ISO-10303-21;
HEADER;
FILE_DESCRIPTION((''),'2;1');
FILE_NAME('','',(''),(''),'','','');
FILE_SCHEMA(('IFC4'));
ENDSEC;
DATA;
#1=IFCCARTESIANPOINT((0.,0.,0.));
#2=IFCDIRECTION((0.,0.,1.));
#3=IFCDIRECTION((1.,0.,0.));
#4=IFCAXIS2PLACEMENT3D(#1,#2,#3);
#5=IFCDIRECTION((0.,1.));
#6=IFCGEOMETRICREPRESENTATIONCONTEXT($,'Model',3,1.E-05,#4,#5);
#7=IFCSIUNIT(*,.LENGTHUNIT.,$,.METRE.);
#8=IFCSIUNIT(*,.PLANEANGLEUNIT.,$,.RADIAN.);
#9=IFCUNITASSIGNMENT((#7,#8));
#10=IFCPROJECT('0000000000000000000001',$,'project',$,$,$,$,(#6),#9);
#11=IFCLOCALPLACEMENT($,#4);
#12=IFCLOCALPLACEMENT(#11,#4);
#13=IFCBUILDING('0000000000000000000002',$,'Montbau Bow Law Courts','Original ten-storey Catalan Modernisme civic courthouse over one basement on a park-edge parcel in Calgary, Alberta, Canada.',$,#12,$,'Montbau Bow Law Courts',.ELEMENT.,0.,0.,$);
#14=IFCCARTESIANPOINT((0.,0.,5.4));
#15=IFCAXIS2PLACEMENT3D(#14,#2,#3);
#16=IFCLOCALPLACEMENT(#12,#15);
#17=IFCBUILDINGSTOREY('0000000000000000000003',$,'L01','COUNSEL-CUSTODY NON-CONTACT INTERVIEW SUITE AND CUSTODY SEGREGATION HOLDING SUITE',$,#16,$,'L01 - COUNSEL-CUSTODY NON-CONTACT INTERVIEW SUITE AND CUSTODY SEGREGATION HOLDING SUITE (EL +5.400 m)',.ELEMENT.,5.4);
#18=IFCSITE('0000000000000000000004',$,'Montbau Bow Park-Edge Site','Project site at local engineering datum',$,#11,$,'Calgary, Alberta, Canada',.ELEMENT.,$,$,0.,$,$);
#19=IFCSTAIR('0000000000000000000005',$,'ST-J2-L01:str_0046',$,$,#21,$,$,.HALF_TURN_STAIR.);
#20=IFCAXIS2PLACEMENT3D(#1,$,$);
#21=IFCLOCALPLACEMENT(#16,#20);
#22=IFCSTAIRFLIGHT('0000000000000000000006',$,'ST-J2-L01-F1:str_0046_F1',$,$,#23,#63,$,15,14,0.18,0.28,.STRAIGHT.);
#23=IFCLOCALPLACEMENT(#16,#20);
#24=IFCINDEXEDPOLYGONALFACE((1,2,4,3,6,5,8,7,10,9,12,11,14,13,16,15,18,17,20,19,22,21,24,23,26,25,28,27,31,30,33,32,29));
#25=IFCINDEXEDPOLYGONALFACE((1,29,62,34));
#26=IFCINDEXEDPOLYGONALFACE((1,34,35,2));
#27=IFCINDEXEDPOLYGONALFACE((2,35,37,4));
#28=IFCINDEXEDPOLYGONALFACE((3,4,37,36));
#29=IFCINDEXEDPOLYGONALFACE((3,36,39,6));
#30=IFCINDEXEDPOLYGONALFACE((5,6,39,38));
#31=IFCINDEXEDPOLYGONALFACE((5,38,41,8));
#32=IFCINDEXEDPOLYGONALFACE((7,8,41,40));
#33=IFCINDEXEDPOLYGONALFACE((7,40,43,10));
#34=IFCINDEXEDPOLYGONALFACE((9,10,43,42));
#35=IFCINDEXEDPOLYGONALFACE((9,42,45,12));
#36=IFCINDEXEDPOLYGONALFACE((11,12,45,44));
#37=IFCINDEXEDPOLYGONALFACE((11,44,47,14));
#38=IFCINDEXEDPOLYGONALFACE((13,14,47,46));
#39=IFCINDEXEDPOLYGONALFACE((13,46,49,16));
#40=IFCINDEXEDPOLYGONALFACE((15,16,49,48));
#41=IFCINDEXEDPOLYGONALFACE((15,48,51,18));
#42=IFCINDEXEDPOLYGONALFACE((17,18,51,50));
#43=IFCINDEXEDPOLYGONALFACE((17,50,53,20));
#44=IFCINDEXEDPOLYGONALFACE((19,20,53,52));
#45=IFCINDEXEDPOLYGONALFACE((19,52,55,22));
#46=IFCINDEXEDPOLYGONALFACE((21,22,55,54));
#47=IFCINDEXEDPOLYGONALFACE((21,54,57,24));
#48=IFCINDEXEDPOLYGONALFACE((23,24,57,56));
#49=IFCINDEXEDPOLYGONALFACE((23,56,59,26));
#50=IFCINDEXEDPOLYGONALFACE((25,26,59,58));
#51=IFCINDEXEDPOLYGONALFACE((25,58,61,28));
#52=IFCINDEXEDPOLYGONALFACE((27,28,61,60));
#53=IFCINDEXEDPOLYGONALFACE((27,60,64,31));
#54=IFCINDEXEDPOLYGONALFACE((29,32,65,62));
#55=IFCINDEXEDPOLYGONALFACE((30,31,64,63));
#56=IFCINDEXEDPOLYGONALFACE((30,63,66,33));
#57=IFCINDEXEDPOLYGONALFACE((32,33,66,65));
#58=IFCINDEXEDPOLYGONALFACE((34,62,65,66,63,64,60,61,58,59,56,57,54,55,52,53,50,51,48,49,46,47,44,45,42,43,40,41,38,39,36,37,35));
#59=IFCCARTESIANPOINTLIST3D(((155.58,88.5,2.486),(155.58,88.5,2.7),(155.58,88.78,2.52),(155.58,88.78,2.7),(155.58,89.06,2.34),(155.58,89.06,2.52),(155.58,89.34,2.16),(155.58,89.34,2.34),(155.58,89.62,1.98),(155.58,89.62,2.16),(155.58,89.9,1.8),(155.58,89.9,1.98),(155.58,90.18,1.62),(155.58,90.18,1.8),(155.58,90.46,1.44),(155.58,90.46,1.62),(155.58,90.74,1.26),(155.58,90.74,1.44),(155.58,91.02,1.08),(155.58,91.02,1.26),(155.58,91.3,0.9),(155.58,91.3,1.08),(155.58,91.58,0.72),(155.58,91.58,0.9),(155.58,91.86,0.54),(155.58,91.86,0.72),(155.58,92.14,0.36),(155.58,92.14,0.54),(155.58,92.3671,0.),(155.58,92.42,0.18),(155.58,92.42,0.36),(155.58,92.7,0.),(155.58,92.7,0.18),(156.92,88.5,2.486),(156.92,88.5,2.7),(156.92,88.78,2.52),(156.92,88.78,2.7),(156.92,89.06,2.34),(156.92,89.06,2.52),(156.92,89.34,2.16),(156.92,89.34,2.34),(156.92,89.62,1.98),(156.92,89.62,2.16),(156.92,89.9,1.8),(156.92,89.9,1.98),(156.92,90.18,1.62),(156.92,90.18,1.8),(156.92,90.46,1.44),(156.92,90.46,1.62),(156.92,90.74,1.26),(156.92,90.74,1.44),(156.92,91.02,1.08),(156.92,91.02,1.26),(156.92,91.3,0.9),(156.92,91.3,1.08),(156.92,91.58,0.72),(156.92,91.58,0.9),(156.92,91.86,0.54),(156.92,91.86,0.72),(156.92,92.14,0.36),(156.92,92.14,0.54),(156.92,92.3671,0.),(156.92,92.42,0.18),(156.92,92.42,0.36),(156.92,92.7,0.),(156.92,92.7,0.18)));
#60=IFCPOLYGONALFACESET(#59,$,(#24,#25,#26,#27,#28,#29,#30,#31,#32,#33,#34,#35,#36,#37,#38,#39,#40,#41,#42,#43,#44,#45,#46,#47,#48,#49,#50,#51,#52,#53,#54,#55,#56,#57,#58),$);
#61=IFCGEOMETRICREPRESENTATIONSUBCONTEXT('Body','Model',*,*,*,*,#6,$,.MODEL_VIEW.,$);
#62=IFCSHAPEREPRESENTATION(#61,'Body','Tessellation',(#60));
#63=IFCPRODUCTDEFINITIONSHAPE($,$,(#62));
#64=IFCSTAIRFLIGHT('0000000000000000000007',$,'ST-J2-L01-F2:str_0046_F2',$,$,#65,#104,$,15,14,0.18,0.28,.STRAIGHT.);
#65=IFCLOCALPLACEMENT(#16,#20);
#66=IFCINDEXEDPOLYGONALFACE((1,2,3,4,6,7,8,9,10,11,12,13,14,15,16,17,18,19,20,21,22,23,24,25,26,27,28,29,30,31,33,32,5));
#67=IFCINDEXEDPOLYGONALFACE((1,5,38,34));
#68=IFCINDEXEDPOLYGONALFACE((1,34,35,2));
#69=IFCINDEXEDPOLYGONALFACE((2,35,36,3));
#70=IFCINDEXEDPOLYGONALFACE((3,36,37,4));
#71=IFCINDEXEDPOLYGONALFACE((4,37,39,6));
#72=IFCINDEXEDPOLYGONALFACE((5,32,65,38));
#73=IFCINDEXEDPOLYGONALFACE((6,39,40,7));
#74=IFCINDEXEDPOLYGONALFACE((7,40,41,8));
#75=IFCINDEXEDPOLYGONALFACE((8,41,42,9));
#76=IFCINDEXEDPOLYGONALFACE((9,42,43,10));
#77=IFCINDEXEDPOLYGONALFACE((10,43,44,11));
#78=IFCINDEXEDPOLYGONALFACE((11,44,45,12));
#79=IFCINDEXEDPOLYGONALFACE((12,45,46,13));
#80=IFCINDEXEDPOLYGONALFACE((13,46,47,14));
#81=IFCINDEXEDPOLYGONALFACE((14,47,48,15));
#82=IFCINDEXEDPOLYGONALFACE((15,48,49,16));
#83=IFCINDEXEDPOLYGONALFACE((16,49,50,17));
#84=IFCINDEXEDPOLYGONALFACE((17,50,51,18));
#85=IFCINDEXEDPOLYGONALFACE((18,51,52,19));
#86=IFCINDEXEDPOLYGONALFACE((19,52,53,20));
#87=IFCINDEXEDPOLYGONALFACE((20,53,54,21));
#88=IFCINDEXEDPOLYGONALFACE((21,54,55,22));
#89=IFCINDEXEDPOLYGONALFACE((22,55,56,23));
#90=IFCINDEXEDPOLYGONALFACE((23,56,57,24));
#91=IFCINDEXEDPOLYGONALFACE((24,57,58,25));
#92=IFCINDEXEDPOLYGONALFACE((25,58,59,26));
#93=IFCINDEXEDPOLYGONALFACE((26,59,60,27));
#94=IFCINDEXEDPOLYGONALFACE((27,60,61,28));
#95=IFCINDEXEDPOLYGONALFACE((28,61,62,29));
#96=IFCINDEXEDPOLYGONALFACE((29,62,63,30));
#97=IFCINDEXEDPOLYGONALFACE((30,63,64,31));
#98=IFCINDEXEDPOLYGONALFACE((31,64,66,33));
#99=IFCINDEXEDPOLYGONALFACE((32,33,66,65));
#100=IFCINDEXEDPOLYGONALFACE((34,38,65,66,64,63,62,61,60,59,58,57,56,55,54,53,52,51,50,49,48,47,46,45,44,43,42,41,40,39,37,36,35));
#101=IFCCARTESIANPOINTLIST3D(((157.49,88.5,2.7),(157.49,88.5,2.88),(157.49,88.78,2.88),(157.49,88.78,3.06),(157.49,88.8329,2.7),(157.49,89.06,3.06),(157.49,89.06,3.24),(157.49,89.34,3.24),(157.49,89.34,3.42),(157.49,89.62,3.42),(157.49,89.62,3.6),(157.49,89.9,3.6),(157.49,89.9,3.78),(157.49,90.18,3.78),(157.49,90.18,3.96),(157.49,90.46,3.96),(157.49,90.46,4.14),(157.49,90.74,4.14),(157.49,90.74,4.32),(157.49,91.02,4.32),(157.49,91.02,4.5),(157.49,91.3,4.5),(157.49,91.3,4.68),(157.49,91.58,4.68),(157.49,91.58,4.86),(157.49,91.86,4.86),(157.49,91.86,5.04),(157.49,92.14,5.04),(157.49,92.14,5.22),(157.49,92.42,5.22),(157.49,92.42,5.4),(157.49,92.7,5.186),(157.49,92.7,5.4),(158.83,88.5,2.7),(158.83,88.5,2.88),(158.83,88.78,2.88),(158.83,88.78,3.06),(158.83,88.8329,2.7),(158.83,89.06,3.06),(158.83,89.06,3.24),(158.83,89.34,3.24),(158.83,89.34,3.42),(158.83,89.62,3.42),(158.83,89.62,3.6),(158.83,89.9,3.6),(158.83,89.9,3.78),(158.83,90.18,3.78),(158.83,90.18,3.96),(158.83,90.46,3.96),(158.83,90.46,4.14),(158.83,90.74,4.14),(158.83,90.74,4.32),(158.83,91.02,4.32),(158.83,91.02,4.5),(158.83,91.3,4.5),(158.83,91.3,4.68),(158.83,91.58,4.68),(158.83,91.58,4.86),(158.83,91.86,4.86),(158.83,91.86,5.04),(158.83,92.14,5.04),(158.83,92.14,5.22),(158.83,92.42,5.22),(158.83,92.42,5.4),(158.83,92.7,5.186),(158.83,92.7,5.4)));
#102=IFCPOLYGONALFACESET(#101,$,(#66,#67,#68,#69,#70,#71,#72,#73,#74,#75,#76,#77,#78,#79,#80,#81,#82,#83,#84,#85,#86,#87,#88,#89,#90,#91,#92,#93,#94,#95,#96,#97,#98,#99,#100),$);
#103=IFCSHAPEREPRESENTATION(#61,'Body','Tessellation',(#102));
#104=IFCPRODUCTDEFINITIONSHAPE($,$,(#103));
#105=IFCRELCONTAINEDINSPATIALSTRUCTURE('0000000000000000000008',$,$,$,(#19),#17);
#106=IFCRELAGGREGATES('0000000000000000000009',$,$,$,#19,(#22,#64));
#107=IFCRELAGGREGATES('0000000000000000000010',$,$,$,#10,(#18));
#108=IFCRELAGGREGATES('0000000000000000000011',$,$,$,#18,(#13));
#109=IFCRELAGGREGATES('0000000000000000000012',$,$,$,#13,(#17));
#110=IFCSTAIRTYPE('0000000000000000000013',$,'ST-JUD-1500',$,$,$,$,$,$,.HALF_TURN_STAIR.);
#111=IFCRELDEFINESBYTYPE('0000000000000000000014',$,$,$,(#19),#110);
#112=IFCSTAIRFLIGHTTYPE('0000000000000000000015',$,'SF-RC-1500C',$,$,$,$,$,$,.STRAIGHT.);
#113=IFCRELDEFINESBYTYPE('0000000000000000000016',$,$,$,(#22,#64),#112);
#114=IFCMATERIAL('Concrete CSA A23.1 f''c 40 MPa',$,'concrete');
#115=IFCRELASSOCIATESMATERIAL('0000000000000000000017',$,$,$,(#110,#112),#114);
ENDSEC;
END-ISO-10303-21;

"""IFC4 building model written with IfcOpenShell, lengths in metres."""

from ifc_helpers import new_model, si_unit, direction, frame, origin_with_axes, place, context, subcontext, project, spatial, polyline, outline, extrude, material, type_object, element, aggregate, save


model = new_model("IFC4")

# Units and contexts
model_context = context("Model", 3, precision=1e-05, world=origin_with_axes(), true_north=direction((0.0, 1.0)))
body_context = subcontext(model_context, "Body", "Model", "MODEL_VIEW")
ifc_project = project(units=[si_unit("LENGTHUNIT", "METRE"), si_unit("PLANEANGLEUNIT", "RADIAN")], contexts=[model_context])

# Site, building, storey
site_placement = place(None, origin_with_axes())
site = spatial("IfcSite", under=ifc_project, at=site_placement, Name="Montbau Bow Park-Edge Site", Description="Project site at local engineering datum", LongName="Calgary, Alberta, Canada", CompositionType="ELEMENT", RefElevation=0.0)
building_placement = place(site_placement, origin_with_axes())
building = spatial("IfcBuilding", under=site, at=building_placement, Name="Montbau Bow Law Courts", Description="Original ten-storey Catalan Modernisme civic courthouse over one basement on a park-edge parcel in Calgary, Alberta, Canada.", LongName="Montbau Bow Law Courts", CompositionType="ELEMENT", ElevationOfRefHeight=0.0, ElevationOfTerrain=0.0)
storey_placement = place(building_placement, frame((0.0, 0.0, 5.4), z_axis=(0.0, 0.0, 1.0), x_axis=(1.0, 0.0, 0.0)))
storey = spatial("IfcBuildingStorey", under=building, at=storey_placement, Name="L01", Description="COUNSEL-CUSTODY NON-CONTACT INTERVIEW SUITE AND CUSTODY SEGREGATION HOLDING SUITE", LongName="L01 - COUNSEL-CUSTODY NON-CONTACT INTERVIEW SUITE AND CUSTODY SEGREGATION HOLDING SUITE (EL +5.400 m)", CompositionType="ELEMENT", Elevation=5.4)

# Stair, stair flights
ifc_material_1 = material(Name="Concrete CSA A23.1 f'c 40 MPa", Category="concrete")
stair_type = type_object("IfcStairType", Name="ST-JUD-1500", PredefinedType="HALF_TURN_STAIR", material=ifc_material_1)
stair_placement = place(None, frame((156.25, 92.7, 5.4), z_axis=(0.0, 0.0, 1.0), x_axis=(1.0, 0.0, 0.0)))
stair = element("IfcStair", 1, at=stair_placement, inside=storey, type_object=stair_type, Name="ST-J2-L01:str_0046", PredefinedType="HALF_TURN_STAIR")
stair_flight_type = type_object("IfcStairFlightType", Name="SF-RC-1500C", PredefinedType="STRAIGHT", material=ifc_material_1)
stair_flight_1_placement = place(None, frame((156.25, 92.7, 5.4), z_axis=(0.0, 0.0, 1.0), x_axis=(0.0, -1.0, 0.0)))
stair_flight_1 = element("IfcStairFlight", 2, at=stair_flight_1_placement, type_object=stair_flight_type, Name="ST-J2-L01-F1:str_0046_F1", NumberOfRisers=15, NumberOfTreads=14, PredefinedType="STRAIGHT", RiserHeight=0.18, TreadLength=0.28, context=body_context, shape_type="SweptSolid", body=[
    extrude(outline(polyline([(0.0, 0.0), (0.0, 0.18), (0.28, 0.18), (0.28, 0.36), (0.56, 0.36), (0.56, 0.54), (0.84, 0.54), (0.84, 0.72), (1.12, 0.72), (1.12, 0.9), (1.4, 0.9), (1.4, 1.08), (1.68, 1.08), (1.68, 1.26), (1.96, 1.26), (1.96, 1.44), (2.24, 1.44), (2.24, 1.62), (2.52, 1.62), (2.52, 1.8), (2.8, 1.8), (2.8, 1.98), (3.08, 1.98), (3.08, 2.16), (3.36, 2.16), (3.36, 2.34), (3.64, 2.34), (3.64, 2.52), (3.92, 2.52), (3.92, 2.7), (4.2, 2.7), (4.2, 2.486), (0.3329, 0.0), (0.0, 0.0)])), frame((0.0, 0.67, 0.0), z_axis=(0.0, -1.0, 0.0), x_axis=(1.0, 0.0, 0.0)), (0.0, 0.0, 1.0), 1.34),
])
stair_flight_2_placement = place(None, frame((158.16, 88.5, 8.1), z_axis=(0.0, 0.0, 1.0), x_axis=(0.0, 1.0, 0.0)))
stair_flight_2 = element("IfcStairFlight", 3, at=stair_flight_2_placement, type_object=stair_flight_type, Name="ST-J2-L01-F2:str_0046_F2", NumberOfRisers=15, NumberOfTreads=14, PredefinedType="STRAIGHT", RiserHeight=0.18, TreadLength=0.28, context=body_context, shape_type="SweptSolid", body=[
    extrude(outline(polyline([(0.0, 0.0), (0.0, 0.18), (0.28, 0.18), (0.28, 0.36), (0.56, 0.36), (0.56, 0.54), (0.84, 0.54), (0.84, 0.72), (1.12, 0.72), (1.12, 0.9), (1.4, 0.9), (1.4, 1.08), (1.68, 1.08), (1.68, 1.26), (1.96, 1.26), (1.96, 1.44), (2.24, 1.44), (2.24, 1.62), (2.52, 1.62), (2.52, 1.8), (2.8, 1.8), (2.8, 1.98), (3.08, 1.98), (3.08, 2.16), (3.36, 2.16), (3.36, 2.34), (3.64, 2.34), (3.64, 2.52), (3.92, 2.52), (3.92, 2.7), (4.2, 2.7), (4.2, 2.486), (0.3329, 0.0), (0.0, 0.0)])), frame((0.0, 0.67, 0.0), z_axis=(0.0, -1.0, 0.0), x_axis=(1.0, 0.0, 0.0)), (0.0, 0.0, 1.0), 1.34),
])
aggregate(stair, [stair_flight_1, stair_flight_2])

save(model, "model.ifc")
